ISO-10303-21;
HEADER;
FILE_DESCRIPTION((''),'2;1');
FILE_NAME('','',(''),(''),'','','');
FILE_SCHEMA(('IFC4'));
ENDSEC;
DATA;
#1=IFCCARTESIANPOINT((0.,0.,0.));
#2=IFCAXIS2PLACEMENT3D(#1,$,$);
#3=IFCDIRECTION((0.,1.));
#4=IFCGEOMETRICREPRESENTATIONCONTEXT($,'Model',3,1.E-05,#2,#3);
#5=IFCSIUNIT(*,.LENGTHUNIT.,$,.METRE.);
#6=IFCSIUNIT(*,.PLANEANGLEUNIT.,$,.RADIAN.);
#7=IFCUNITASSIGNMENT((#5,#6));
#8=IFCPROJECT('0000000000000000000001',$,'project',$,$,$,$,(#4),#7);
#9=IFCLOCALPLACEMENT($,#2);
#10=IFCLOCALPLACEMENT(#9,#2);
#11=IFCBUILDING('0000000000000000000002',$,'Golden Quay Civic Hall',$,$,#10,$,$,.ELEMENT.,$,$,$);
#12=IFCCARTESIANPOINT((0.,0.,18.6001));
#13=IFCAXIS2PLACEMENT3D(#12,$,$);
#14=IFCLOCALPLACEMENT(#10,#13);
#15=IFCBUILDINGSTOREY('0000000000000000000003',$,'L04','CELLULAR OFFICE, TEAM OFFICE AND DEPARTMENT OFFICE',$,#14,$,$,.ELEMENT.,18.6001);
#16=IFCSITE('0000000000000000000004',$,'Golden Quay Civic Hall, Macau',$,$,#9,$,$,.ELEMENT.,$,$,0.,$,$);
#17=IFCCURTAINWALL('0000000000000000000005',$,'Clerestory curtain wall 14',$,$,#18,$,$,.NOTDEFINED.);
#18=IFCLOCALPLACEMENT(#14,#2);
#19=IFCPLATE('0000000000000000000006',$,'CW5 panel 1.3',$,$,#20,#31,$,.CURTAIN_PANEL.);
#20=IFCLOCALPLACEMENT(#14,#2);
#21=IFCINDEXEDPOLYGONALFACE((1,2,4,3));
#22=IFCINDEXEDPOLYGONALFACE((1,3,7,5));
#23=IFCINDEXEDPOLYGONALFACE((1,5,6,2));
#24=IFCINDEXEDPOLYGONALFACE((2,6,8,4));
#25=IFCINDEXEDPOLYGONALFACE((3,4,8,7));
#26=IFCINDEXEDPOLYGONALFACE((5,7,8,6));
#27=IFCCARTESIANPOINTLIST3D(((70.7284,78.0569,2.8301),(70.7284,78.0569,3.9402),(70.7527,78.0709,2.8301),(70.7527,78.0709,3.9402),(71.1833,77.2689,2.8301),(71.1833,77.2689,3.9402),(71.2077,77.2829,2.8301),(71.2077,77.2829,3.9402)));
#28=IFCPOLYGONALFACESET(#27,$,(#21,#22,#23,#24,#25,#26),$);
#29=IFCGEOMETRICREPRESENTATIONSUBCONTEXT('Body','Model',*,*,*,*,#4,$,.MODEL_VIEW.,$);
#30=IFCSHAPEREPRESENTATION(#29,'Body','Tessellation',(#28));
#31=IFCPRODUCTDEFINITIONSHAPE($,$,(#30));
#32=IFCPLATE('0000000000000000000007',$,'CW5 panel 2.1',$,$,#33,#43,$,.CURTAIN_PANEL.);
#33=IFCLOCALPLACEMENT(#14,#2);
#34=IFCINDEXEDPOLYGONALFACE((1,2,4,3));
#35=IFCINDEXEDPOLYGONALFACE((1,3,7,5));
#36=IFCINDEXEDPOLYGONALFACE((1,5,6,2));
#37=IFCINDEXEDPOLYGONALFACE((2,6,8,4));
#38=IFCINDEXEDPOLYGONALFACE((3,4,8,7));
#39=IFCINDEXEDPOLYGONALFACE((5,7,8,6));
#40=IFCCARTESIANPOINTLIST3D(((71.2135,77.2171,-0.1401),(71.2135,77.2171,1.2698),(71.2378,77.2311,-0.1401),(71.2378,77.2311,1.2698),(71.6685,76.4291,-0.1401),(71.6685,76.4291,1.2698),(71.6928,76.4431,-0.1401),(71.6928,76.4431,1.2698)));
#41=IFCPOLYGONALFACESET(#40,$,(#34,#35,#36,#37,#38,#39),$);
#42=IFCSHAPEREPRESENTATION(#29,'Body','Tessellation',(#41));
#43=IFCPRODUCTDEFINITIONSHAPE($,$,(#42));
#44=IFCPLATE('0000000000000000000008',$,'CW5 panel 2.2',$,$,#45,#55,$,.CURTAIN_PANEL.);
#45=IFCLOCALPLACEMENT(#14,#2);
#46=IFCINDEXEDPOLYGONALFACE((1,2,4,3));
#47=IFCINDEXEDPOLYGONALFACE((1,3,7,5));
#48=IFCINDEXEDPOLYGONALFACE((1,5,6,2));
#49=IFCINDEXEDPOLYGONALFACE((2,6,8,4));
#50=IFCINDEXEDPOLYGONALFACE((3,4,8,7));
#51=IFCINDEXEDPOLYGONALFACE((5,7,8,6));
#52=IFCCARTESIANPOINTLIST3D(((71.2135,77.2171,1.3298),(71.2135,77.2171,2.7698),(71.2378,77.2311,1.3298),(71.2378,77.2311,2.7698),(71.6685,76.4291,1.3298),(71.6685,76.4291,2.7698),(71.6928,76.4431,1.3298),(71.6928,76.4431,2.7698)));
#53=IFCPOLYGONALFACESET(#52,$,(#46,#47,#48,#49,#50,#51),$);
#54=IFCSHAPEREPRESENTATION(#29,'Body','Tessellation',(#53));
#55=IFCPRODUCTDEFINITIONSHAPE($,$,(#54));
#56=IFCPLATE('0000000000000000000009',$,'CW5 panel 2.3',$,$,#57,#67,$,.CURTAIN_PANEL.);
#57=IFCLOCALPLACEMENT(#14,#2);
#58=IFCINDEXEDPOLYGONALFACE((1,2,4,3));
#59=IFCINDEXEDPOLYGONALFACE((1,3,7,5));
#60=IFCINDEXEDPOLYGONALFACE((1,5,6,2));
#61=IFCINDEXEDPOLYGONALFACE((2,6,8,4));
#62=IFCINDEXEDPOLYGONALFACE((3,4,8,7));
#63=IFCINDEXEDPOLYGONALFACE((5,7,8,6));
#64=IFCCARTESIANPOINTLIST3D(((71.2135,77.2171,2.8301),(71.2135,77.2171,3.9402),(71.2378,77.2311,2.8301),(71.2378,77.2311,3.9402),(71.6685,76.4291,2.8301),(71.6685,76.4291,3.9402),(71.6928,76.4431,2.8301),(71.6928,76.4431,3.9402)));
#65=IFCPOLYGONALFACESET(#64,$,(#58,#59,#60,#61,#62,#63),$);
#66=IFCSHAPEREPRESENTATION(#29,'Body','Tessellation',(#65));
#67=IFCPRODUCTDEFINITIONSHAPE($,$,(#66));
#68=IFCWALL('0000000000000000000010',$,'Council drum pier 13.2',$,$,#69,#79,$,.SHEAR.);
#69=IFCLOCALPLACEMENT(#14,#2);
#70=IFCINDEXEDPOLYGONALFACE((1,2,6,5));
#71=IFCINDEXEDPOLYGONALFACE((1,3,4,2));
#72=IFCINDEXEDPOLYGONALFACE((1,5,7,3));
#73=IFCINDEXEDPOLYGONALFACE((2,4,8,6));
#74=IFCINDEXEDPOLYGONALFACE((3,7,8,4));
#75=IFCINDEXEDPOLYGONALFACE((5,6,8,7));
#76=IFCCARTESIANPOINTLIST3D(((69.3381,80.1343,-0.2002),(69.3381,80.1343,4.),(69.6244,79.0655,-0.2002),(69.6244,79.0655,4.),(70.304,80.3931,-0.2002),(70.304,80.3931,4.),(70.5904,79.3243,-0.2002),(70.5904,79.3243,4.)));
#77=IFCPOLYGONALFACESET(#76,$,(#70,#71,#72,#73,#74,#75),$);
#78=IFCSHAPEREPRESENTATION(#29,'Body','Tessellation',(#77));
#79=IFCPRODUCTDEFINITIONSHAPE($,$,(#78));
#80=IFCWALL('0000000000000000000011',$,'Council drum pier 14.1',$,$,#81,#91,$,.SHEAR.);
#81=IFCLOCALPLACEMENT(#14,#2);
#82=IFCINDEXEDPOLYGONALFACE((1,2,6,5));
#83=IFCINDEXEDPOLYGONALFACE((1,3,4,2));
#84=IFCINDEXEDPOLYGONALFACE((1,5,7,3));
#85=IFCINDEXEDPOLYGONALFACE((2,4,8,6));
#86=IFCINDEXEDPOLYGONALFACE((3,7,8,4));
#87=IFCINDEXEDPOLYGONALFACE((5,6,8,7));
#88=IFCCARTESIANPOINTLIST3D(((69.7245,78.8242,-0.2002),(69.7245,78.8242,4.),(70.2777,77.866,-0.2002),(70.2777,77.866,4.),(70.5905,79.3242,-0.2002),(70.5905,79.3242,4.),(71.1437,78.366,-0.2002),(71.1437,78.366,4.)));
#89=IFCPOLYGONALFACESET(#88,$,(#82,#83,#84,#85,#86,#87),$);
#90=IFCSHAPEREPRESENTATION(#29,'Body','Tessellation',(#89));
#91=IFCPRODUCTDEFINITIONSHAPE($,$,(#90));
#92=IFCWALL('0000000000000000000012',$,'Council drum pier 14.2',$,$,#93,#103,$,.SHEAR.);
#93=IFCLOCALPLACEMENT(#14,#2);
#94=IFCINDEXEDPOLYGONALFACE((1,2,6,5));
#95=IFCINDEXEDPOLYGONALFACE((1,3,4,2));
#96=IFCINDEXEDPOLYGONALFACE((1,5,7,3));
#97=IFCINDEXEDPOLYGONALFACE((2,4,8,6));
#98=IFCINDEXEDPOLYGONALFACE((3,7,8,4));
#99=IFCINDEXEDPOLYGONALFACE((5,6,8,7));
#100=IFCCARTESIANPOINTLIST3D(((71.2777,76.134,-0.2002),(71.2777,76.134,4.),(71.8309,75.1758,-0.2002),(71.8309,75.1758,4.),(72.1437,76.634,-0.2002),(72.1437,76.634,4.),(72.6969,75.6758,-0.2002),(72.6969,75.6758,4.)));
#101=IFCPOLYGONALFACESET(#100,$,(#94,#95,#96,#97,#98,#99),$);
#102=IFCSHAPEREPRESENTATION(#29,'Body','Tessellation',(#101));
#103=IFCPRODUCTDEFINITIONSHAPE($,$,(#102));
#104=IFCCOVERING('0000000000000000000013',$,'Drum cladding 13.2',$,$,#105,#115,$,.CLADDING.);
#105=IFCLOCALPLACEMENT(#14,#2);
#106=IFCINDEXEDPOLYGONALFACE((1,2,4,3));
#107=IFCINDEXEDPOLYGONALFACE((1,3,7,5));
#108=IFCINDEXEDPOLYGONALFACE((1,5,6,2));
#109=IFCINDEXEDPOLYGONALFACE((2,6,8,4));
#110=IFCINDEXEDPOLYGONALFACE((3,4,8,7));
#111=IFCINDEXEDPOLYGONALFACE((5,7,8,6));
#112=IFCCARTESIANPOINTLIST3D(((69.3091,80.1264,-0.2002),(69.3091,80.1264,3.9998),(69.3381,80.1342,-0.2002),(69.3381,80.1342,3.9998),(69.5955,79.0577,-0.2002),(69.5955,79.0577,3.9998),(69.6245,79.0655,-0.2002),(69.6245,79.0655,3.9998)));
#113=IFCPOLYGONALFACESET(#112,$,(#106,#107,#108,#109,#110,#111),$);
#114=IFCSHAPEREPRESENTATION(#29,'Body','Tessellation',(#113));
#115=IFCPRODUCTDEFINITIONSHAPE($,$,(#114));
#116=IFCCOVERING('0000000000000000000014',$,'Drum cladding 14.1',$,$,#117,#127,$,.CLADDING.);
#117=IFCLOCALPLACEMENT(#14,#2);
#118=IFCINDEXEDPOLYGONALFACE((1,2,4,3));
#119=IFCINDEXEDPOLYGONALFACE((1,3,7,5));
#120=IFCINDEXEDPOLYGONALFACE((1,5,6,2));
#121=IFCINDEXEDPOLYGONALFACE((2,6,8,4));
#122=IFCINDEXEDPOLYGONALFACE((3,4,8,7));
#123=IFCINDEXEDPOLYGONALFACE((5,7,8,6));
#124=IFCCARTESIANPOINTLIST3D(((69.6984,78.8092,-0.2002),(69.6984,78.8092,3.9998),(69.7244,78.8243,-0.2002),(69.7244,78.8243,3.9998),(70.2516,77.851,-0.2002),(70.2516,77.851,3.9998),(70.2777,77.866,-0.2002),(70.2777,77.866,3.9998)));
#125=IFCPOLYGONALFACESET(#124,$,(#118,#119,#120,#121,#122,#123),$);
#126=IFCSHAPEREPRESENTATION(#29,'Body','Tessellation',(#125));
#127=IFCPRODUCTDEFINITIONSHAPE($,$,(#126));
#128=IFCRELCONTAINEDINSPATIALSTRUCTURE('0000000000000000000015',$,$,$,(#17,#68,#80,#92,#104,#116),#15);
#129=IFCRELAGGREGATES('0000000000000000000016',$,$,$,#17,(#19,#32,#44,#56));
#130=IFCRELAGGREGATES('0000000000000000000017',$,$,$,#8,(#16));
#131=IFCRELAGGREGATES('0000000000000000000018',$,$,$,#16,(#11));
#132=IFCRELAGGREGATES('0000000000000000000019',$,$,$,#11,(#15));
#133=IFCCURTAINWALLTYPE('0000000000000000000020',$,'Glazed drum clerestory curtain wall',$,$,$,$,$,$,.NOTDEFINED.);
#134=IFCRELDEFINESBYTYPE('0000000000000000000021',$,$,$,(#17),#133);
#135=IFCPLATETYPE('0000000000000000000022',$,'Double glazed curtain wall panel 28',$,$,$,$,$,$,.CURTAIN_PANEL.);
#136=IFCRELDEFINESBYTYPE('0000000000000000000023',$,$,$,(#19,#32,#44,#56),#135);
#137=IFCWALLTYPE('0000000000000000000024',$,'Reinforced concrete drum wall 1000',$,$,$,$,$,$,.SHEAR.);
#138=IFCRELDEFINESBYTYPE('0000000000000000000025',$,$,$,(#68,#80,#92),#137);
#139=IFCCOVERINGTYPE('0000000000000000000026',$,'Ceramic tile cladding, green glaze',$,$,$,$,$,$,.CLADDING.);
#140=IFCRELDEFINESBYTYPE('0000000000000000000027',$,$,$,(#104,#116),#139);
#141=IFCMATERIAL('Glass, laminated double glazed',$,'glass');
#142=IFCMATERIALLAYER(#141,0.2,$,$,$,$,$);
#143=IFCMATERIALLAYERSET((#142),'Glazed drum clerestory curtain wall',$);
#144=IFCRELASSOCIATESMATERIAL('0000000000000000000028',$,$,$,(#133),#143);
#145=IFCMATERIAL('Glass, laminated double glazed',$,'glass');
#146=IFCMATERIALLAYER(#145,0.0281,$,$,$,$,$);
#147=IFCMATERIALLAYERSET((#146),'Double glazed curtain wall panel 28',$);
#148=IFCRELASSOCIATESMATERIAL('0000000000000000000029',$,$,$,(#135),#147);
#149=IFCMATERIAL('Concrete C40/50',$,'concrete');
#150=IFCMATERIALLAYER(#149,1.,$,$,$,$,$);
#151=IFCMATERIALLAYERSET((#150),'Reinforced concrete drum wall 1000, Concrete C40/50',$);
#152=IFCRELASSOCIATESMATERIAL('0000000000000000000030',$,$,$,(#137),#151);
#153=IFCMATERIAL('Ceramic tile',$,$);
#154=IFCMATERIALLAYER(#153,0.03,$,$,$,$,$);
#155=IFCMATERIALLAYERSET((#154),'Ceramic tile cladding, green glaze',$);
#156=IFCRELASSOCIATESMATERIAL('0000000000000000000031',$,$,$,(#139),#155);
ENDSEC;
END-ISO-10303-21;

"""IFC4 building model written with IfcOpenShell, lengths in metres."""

from ifc_helpers import new_model, si_unit, direction, frame, frame_2d, origin, origin_2d, place, context, subcontext, project, spatial, rectangle, extrude, material, layer, layer_set, type_object, element, aggregate, save


model = new_model("IFC4")

# Units and contexts
model_context = context("Model", 3, precision=1e-05, world=origin(), true_north=direction((0.0, 1.0)))
body_context = subcontext(model_context, "Body", "Model", "MODEL_VIEW")
ifc_project = project(units=[si_unit("LENGTHUNIT", "METRE"), si_unit("PLANEANGLEUNIT", "RADIAN")], contexts=[model_context])

# Site, building, storey
site_placement = place(None, origin())
site = spatial("IfcSite", under=ifc_project, at=site_placement, Name="Golden Quay Civic Hall, Macau", CompositionType="ELEMENT", RefElevation=0.0)
building_placement = place(site_placement, origin())
building = spatial("IfcBuilding", under=site, at=building_placement, Name="Golden Quay Civic Hall", CompositionType="ELEMENT")
storey_placement = place(building_placement, frame((0.0, 0.0, 18.6001)))
storey = spatial("IfcBuildingStorey", under=building, at=storey_placement, Name="L04", Description="CELLULAR OFFICE, TEAM OFFICE AND DEPARTMENT OFFICE", CompositionType="ELEMENT", Elevation=18.6001)

# Curtain wall
ifc_material_1 = material(Name="Glass, laminated double glazed", Category="glass")
ifc_layer_1 = layer(ifc_material_1, 0.2)
ifc_layer_set_1 = layer_set([ifc_layer_1], Name="Glazed drum clerestory curtain wall")
curtain_wall_type = type_object("IfcCurtainWallType", Name="Glazed drum clerestory curtain wall", PredefinedType="NOTDEFINED", material=ifc_layer_set_1)
curtain_wall_placement = place(storey_placement, origin())
curtain_wall = element("IfcCurtainWall", 1, at=curtain_wall_placement, inside=storey, type_object=curtain_wall_type, Name="Clerestory curtain wall 14", PredefinedType="NOTDEFINED")

# Plates
ifc_material_2 = material(Name="Glass, laminated double glazed", Category="glass")
ifc_layer_2 = layer(ifc_material_2, 0.0281)
ifc_layer_set_2 = layer_set([ifc_layer_2], Name="Double glazed curtain wall panel 28")
plate_type = type_object("IfcPlateType", Name="Double glazed curtain wall panel 28", PredefinedType="CURTAIN_PANEL", material=ifc_layer_set_2)
plate_1_placement = place(storey_placement, frame((70.968, 77.6699, 2.8301), z_axis=(0.0, 0.0, 1.0), x_axis=(0.500011, -0.866019, 0.0)))
plate_1 = element("IfcPlate", 2, at=plate_1_placement, type_object=plate_type, Name="CW5 panel 1.3", PredefinedType="CURTAIN_PANEL", context=body_context, shape_type="SweptSolid", body=[
    extrude(rectangle(XDim=0.9099, YDim=0.0281, at=origin_2d()), origin(), (0.0, 0.0, 1.0), 1.1101),
])
plate_2_placement = place(storey_placement, frame((71.4531, 76.8301, -0.1401), z_axis=(0.0, 0.0, 1.0), x_axis=(0.500011, -0.866019, 0.0)))
plate_2 = element("IfcPlate", 3, at=plate_2_placement, type_object=plate_type, Name="CW5 panel 2.1", PredefinedType="CURTAIN_PANEL", context=body_context, shape_type="SweptSolid", body=[
    extrude(rectangle(XDim=0.9099, YDim=0.0281, at=origin_2d()), origin(), (0.0, 0.0, 1.0), 1.4099),
])
plate_3_placement = place(storey_placement, frame((71.4531, 76.8301, 1.3298), z_axis=(0.0, 0.0, 1.0), x_axis=(0.500011, -0.866019, 0.0)))
plate_3 = element("IfcPlate", 4, at=plate_3_placement, type_object=plate_type, Name="CW5 panel 2.2", PredefinedType="CURTAIN_PANEL", context=body_context, shape_type="SweptSolid", body=[
    extrude(rectangle(XDim=0.9099, YDim=0.0281, at=origin_2d()), origin(), (0.0, 0.0, 1.0), 1.4399),
])
plate_4_placement = place(storey_placement, frame((71.4531, 76.8301, 2.8301), z_axis=(0.0, 0.0, 1.0), x_axis=(0.500011, -0.866019, 0.0)))
plate_4 = element("IfcPlate", 5, at=plate_4_placement, type_object=plate_type, Name="CW5 panel 2.3", PredefinedType="CURTAIN_PANEL", context=body_context, shape_type="SweptSolid", body=[
    extrude(rectangle(XDim=0.9099, YDim=0.0281, at=origin_2d()), origin(), (0.0, 0.0, 1.0), 1.1101),
])
aggregate(curtain_wall, [plate_1, plate_2, plate_3, plate_4])

# Walls
ifc_material_3 = material(Name="Concrete C40/50", Category="concrete")
ifc_layer_3 = layer(ifc_material_3, 1.0)
ifc_layer_set_3 = layer_set([ifc_layer_3], Name="Reinforced concrete drum wall 1000, Concrete C40/50")
wall_type = type_object("IfcWallType", Name="Reinforced concrete drum wall 1000", PredefinedType="SHEAR", material=ifc_layer_set_3)
for number, where, z_axis, x_axis, name in (
    (6, (69.821, 80.2637, -0.2002), (0.0, 0.0, 1.0), (0.258802, -0.96593, 0.0), "Council drum pier 13.2"),
    (7, (70.1575, 79.0742, -0.2002), (0.0, 0.0, 1.0), (0.499983, -0.866035, 0.0), "Council drum pier 14.1"),
    (8, (71.7107, 76.384, -0.2002), (0.0, 0.0, 1.0), (0.499983, -0.866035, 0.0), "Council drum pier 14.2"),
):
    element("IfcWall", number, at=place(storey_placement, frame(where, z_axis=z_axis, x_axis=x_axis)), inside=storey, type_object=wall_type, Name=name, PredefinedType="SHEAR", context=body_context, shape_type="SweptSolid", body=[
        extrude(rectangle(XDim=1.1064, YDim=1.0, at=frame_2d((0.5532, 0.0))), origin(), (0.0, 0.0, 1.0), 4.2002),
    ])

# Coverings
ifc_material_4 = material(Name="Ceramic tile")
ifc_layer_4 = layer(ifc_material_4, 0.03)
ifc_layer_set_4 = layer_set([ifc_layer_4], Name="Ceramic tile cladding, green glaze")
covering_type = type_object("IfcCoveringType", Name="Ceramic tile cladding, green glaze", PredefinedType="CLADDING", material=ifc_layer_set_4)
for number, where, z_axis, x_axis, name in (
    (9, (69.4668, 79.5959, -0.2002), (0.0, 0.0, 1.0), (0.258819, -0.965926, 0.0), "Drum cladding 13.2"),
    (10, (69.988, 78.3376, -0.2002), (0.0, 0.0, 1.0), (0.5, -0.866025, 0.0), "Drum cladding 14.1"),
):
    element("IfcCovering", number, at=place(storey_placement, frame(where, z_axis=z_axis, x_axis=x_axis)), inside=storey, type_object=covering_type, Name=name, PredefinedType="CLADDING", context=body_context, shape_type="SweptSolid", body=[
        extrude(rectangle(XDim=1.1064, YDim=0.03, at=origin_2d()), origin(), (0.0, 0.0, 1.0), 4.2),
    ])

save(model, "model.ifc")
